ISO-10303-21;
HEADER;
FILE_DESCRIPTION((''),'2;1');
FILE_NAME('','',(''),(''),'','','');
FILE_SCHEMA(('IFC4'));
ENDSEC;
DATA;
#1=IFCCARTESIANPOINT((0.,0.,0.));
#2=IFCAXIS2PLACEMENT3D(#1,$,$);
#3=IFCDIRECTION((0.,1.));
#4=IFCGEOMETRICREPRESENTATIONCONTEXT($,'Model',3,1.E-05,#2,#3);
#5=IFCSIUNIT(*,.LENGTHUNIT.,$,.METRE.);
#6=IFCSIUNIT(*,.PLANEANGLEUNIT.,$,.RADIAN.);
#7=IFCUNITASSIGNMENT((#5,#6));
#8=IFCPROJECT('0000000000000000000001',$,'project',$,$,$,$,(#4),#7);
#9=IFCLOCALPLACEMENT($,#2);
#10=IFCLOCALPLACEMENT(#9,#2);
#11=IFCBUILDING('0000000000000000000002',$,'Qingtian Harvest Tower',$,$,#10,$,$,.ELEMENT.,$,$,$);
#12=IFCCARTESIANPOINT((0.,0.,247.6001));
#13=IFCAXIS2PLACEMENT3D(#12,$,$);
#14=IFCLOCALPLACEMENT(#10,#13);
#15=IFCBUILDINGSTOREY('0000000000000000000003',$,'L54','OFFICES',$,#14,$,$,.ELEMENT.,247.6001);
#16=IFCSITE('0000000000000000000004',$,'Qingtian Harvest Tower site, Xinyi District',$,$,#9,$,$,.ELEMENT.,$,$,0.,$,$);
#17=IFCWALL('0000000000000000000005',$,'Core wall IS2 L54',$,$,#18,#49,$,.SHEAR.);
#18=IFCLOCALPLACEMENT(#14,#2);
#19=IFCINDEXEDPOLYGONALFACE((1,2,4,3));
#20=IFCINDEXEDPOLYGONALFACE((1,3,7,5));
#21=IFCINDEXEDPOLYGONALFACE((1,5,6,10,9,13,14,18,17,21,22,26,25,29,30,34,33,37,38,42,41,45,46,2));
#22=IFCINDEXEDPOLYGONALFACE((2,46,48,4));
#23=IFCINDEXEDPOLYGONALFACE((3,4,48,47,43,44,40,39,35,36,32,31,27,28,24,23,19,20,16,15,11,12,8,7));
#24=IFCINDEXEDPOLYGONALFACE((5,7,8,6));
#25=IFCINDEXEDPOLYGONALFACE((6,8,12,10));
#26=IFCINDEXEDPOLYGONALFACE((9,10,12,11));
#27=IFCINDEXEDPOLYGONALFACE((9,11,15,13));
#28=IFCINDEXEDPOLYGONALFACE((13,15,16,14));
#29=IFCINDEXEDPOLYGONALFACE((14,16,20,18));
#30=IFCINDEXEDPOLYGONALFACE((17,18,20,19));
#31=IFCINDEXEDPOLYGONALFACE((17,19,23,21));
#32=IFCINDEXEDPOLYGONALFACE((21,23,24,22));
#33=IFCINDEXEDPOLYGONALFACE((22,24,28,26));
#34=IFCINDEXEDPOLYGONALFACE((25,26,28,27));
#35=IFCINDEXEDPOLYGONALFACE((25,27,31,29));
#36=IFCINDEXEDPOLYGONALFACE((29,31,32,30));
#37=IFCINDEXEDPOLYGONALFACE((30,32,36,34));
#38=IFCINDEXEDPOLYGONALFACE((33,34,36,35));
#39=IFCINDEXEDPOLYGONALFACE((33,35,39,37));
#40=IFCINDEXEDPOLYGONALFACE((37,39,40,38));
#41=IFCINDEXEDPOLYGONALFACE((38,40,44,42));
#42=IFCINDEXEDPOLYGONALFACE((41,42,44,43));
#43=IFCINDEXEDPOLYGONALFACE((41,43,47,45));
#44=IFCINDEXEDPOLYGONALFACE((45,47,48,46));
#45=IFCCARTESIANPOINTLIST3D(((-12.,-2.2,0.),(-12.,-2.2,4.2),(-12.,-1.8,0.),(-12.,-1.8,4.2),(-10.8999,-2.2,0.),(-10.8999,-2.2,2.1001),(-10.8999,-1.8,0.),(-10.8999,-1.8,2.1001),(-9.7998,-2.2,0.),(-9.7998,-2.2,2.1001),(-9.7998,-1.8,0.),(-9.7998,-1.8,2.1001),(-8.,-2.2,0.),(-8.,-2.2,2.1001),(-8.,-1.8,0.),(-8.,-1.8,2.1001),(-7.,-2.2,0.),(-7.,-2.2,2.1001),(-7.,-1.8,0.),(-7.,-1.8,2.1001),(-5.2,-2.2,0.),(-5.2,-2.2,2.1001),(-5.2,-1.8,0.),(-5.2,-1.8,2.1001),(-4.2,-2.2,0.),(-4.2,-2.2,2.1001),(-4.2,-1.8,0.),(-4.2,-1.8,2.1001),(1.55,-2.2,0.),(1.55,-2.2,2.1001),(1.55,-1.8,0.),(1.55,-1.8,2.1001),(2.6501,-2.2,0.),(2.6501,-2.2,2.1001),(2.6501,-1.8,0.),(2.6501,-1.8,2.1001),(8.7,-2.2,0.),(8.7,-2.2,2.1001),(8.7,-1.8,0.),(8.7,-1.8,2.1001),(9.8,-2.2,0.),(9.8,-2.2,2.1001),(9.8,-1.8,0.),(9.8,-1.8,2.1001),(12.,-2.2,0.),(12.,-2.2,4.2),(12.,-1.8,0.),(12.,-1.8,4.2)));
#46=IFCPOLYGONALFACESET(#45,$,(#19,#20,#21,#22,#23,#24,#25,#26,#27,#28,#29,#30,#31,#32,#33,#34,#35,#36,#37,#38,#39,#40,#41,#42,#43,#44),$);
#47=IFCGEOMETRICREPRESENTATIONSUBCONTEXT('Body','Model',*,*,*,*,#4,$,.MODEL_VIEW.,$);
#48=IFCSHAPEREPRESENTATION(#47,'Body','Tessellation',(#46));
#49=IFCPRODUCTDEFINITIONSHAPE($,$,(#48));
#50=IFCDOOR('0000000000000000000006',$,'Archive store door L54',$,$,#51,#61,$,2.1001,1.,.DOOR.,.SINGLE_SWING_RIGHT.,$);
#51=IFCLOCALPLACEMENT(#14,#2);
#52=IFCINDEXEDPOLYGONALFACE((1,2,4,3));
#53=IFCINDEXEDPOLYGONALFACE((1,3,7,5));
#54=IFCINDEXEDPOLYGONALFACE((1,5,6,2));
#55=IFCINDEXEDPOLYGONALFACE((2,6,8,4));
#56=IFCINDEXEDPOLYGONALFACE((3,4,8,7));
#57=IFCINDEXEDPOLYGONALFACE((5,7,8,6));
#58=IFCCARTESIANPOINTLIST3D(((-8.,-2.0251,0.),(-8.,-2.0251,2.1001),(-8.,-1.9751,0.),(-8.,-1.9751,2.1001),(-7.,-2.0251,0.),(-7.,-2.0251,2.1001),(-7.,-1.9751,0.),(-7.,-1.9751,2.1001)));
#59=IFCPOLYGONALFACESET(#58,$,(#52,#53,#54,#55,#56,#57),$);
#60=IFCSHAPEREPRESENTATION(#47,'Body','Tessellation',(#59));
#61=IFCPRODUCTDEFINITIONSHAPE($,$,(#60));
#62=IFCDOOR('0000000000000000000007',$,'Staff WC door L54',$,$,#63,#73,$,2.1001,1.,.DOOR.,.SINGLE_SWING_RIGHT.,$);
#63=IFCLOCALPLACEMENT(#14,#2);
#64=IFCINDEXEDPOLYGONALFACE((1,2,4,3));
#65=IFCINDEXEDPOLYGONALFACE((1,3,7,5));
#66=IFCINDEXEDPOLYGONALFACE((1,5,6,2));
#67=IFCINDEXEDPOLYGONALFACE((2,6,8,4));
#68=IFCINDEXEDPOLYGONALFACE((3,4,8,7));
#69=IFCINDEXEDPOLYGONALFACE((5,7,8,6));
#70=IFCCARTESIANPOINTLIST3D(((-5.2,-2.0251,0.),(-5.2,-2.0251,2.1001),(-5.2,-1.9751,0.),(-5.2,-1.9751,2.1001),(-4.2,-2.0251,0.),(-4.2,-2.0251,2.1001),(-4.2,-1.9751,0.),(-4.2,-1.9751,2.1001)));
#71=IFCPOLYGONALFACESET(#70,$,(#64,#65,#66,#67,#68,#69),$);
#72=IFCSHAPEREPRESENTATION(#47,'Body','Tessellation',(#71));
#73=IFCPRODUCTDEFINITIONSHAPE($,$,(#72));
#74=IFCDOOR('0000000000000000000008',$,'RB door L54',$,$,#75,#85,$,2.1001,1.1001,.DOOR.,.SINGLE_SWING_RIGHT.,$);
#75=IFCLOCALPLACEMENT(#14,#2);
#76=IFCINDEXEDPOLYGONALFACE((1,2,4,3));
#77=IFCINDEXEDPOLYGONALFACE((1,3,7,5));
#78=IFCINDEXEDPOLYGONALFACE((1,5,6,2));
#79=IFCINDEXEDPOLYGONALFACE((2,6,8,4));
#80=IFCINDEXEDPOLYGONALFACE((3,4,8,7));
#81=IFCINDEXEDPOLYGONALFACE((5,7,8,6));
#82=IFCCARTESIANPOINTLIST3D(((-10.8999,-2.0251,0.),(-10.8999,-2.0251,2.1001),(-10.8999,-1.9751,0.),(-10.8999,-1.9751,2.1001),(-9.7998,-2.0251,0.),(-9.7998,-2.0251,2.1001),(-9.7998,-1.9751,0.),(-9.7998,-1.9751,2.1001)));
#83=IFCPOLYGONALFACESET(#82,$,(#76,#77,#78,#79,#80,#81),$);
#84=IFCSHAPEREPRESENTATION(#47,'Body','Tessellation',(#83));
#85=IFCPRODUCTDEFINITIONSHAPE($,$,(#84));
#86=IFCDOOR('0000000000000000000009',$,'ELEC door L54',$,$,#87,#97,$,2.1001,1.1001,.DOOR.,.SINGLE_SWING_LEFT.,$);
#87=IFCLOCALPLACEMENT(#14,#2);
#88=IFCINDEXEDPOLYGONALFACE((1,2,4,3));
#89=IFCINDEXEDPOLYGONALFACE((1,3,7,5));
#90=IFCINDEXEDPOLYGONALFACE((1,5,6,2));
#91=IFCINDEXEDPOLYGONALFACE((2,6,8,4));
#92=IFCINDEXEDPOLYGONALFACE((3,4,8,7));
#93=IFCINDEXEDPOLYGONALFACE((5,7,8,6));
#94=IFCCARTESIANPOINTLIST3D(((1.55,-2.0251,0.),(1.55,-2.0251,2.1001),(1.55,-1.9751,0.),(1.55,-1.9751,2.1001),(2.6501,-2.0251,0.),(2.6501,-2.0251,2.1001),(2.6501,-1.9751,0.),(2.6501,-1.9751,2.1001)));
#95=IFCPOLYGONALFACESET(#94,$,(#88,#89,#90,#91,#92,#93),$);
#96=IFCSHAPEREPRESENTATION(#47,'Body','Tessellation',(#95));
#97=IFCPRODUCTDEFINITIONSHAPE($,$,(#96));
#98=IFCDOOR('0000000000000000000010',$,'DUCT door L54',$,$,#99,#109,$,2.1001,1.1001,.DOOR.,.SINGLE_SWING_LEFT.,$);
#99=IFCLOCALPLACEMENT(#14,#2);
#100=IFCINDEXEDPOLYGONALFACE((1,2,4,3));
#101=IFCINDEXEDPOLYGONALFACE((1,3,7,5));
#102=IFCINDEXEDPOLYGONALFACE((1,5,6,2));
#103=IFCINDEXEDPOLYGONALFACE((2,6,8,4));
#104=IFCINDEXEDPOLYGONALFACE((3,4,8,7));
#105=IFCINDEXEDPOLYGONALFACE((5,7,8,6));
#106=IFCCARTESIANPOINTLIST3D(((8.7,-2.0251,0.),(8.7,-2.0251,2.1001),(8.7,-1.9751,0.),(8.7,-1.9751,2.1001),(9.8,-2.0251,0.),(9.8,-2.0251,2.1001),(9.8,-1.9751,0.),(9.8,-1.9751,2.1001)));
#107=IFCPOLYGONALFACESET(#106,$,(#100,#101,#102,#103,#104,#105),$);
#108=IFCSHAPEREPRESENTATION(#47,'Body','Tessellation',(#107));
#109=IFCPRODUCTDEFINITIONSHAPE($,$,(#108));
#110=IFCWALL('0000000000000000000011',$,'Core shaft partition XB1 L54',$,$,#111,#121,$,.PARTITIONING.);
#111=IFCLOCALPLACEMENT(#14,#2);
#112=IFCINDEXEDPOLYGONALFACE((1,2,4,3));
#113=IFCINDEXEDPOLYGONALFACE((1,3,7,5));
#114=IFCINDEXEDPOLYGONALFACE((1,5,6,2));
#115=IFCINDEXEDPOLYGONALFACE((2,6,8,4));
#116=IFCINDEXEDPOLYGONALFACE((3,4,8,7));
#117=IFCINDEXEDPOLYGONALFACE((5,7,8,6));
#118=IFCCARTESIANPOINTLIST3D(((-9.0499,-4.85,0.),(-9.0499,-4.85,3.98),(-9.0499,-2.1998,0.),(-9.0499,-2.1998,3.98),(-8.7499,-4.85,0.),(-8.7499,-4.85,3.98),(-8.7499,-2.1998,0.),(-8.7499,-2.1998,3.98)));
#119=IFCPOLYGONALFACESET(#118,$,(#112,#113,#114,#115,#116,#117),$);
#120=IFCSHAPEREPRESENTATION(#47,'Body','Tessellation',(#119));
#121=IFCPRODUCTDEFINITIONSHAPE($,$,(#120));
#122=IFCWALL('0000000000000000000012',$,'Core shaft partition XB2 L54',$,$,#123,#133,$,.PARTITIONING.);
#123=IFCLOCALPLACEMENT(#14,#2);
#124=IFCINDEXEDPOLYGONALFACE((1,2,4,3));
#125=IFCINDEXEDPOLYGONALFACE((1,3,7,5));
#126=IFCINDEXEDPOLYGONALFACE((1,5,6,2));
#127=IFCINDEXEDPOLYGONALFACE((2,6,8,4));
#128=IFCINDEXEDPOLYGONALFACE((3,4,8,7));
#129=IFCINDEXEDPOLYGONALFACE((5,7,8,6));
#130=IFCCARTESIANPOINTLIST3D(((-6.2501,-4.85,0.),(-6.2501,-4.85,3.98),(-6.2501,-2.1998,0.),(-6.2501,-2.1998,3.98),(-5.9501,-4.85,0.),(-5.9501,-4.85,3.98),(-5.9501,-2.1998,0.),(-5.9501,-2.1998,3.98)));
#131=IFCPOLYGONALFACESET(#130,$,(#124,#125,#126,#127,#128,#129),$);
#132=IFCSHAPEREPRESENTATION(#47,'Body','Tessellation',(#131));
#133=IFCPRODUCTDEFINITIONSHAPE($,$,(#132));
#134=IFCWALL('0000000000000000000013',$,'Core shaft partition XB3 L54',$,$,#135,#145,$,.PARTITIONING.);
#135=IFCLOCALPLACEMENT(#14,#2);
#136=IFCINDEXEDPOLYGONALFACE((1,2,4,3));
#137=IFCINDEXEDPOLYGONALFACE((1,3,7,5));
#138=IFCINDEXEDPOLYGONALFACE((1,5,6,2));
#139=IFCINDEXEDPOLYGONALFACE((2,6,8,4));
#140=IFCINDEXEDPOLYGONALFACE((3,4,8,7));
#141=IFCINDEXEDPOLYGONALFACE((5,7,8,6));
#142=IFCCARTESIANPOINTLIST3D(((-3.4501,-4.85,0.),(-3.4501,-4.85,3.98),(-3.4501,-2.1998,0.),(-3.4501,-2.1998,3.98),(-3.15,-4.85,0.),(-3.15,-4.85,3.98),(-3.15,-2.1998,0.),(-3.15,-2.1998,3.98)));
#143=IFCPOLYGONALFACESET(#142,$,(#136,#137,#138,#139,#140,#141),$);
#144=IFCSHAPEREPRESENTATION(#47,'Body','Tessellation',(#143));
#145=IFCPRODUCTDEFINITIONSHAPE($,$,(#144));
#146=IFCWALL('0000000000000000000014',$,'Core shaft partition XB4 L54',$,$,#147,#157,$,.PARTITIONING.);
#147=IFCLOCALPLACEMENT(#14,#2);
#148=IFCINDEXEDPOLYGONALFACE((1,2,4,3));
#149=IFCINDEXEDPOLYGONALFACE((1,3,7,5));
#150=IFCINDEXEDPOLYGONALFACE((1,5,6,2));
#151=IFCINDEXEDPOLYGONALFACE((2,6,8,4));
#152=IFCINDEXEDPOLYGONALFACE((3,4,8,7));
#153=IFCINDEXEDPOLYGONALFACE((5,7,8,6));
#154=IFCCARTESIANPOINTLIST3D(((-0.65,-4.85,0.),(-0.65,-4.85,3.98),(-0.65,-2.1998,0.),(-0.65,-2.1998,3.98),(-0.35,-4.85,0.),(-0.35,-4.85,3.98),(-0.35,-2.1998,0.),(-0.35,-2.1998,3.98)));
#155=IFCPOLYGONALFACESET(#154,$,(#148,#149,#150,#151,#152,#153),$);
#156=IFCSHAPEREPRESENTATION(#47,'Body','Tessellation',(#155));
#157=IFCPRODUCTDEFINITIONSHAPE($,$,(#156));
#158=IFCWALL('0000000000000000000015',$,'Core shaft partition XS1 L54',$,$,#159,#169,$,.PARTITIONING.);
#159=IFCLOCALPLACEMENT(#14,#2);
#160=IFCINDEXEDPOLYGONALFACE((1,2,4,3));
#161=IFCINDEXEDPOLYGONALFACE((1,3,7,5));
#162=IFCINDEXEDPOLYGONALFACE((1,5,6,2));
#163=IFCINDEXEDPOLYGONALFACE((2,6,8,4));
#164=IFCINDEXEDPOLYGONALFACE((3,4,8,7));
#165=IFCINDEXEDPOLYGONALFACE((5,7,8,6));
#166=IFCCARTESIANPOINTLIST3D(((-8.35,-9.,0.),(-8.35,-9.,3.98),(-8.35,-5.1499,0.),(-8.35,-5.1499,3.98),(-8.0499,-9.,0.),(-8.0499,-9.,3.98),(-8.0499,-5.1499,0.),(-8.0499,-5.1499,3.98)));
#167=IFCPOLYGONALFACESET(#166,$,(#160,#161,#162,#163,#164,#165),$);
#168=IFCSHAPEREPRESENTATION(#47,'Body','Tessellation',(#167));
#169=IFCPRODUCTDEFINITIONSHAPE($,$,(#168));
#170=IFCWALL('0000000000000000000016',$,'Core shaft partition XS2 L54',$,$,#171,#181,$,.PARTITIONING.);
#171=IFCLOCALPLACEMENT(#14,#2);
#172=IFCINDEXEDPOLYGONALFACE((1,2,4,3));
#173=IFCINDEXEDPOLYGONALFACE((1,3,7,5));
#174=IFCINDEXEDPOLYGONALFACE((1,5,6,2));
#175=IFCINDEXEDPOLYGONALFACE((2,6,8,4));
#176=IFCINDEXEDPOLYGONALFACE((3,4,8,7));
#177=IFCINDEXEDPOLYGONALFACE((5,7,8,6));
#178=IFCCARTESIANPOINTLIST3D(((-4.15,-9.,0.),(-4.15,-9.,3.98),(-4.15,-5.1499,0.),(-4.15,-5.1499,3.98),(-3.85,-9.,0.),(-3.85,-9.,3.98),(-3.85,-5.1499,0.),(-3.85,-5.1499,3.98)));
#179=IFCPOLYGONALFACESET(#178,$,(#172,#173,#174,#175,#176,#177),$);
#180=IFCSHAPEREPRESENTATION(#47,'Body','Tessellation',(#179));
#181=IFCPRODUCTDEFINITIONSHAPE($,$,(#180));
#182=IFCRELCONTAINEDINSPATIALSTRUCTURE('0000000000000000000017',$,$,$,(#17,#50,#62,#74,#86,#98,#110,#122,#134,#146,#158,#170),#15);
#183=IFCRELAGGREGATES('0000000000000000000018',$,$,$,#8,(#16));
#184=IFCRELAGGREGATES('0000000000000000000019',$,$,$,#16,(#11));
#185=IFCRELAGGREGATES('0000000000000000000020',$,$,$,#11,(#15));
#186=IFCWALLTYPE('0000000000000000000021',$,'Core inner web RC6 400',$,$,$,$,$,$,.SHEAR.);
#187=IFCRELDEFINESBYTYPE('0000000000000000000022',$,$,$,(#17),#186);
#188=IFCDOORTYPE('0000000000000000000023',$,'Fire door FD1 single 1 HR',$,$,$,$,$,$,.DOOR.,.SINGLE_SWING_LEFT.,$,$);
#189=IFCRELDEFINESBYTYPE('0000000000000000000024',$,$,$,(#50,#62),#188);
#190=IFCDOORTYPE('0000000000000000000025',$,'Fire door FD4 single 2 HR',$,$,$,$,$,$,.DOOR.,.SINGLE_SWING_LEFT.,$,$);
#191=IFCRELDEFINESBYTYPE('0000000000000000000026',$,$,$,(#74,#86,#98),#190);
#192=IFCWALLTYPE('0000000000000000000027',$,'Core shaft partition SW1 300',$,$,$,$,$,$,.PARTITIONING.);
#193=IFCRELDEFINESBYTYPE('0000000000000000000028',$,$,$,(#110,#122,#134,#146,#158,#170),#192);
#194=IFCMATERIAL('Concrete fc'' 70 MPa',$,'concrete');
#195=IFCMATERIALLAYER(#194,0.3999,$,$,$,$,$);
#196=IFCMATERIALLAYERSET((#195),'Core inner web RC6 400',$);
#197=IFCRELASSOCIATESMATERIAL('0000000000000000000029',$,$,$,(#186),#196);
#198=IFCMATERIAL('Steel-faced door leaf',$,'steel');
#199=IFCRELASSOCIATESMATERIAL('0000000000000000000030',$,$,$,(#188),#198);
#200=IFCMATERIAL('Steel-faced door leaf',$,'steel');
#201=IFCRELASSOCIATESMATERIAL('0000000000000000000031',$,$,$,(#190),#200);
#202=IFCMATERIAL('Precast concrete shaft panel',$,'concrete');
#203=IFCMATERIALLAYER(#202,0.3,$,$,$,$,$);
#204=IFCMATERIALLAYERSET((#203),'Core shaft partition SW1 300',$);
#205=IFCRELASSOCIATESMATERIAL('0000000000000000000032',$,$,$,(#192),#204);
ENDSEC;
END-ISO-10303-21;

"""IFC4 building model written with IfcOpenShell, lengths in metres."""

from ifc_helpers import new_model, si_unit, direction, frame, frame_2d, origin, place, context, subcontext, project, spatial, rectangle, extrude, material, layer, layer_set, type_object, element, fill, save


model = new_model("IFC4")

# Units and contexts
model_context = context("Model", 3, precision=1e-05, world=origin(), true_north=direction((0.0, 1.0)))
body_context = subcontext(model_context, "Body", "Model", "MODEL_VIEW")
ifc_project = project(units=[si_unit("LENGTHUNIT", "METRE"), si_unit("PLANEANGLEUNIT", "RADIAN")], contexts=[model_context])

# Site, building, storey
site_placement = place(None, origin())
site = spatial("IfcSite", under=ifc_project, at=site_placement, Name="Qingtian Harvest Tower site, Xinyi District", CompositionType="ELEMENT", RefElevation=0.0)
building_placement = place(site_placement, origin())
building = spatial("IfcBuilding", under=site, at=building_placement, Name="Qingtian Harvest Tower", CompositionType="ELEMENT")
storey_placement = place(building_placement, frame((0.0, 0.0, 247.6001)))
storey = spatial("IfcBuildingStorey", under=building, at=storey_placement, Name="L54", Description="OFFICES", CompositionType="ELEMENT", Elevation=247.6001)

# Wall, openings, doors
ifc_material_1 = material(Name="Concrete fc' 70 MPa", Category="concrete")
ifc_layer_1 = layer(ifc_material_1, 0.3999)
ifc_layer_set_1 = layer_set([ifc_layer_1], Name="Core inner web RC6 400")
wall_type_1 = type_object("IfcWallType", Name="Core inner web RC6 400", PredefinedType="SHEAR", material=ifc_layer_set_1)
wall_1_placement = place(storey_placement, frame((-12.0, -2.0, 0.0), z_axis=(0.0, 0.0, 1.0), x_axis=(1.0, 0.0, 0.0)))
wall_1 = element("IfcWall", 1, at=wall_1_placement, inside=storey, type_object=wall_type_1, Name="Core wall IS2 L54", PredefinedType="SHEAR", context=body_context, shape_type="SweptSolid", body=[
    extrude(rectangle(XDim=24.0, YDim=0.3999, at=frame_2d((12.0, 0.0))), origin(), (0.0, 0.0, 1.0), 4.2),
])
opening_1_placement = place(wall_1_placement, frame((1.1001, 0.0, 0.0)))
opening_1 = element("IfcOpeningElement", 2, at=opening_1_placement, cuts=wall_1, PredefinedType="OPENING", context=body_context, shape_type="SweptSolid", body=[
    extrude(rectangle(XDim=1.1001, YDim=2.1001, at=frame_2d((0.55, 1.05))), frame((0.0, 0.21, 0.0), z_axis=(0.0, -1.0, 0.0), x_axis=(1.0, 0.0, 0.0)), (0.0, 0.0, 1.0), 0.4199),
])
opening_2_placement = place(wall_1_placement, frame((13.55, 0.0, 0.0)))
opening_2 = element("IfcOpeningElement", 3, at=opening_2_placement, cuts=wall_1, PredefinedType="OPENING", context=body_context, shape_type="SweptSolid", body=[
    extrude(rectangle(XDim=1.1001, YDim=2.1001, at=frame_2d((0.55, 1.05))), frame((0.0, 0.21, 0.0), z_axis=(0.0, -1.0, 0.0), x_axis=(1.0, 0.0, 0.0)), (0.0, 0.0, 1.0), 0.4199),
])
opening_3_placement = place(wall_1_placement, frame((20.7, 0.0, 0.0)))
opening_3 = element("IfcOpeningElement", 4, at=opening_3_placement, cuts=wall_1, PredefinedType="OPENING", context=body_context, shape_type="SweptSolid", body=[
    extrude(rectangle(XDim=1.1001, YDim=2.1001, at=frame_2d((0.55, 1.05))), frame((0.0, 0.21, 0.0), z_axis=(0.0, -1.0, 0.0), x_axis=(1.0, 0.0, 0.0)), (0.0, 0.0, 1.0), 0.4199),
])
opening_4_placement = place(wall_1_placement, frame((4.0, 0.0, 0.0)))
opening_4 = element("IfcOpeningElement", 5, at=opening_4_placement, cuts=wall_1, PredefinedType="OPENING", context=body_context, shape_type="SweptSolid", body=[
    extrude(rectangle(XDim=1.0, YDim=2.1001, at=frame_2d((0.5, 1.05))), frame((0.0, 0.21, 0.0), z_axis=(0.0, -1.0, 0.0), x_axis=(1.0, 0.0, 0.0)), (0.0, 0.0, 1.0), 0.4199),
])
opening_5_placement = place(wall_1_placement, frame((6.8, 0.0, 0.0)))
opening_5 = element("IfcOpeningElement", 6, at=opening_5_placement, cuts=wall_1, PredefinedType="OPENING", context=body_context, shape_type="SweptSolid", body=[
    extrude(rectangle(XDim=1.0, YDim=2.1001, at=frame_2d((0.5, 1.05))), frame((0.0, 0.21, 0.0), z_axis=(0.0, -1.0, 0.0), x_axis=(1.0, 0.0, 0.0)), (0.0, 0.0, 1.0), 0.4199),
])
ifc_material_2 = material(Name="Steel-faced door leaf", Category="steel")
door_type_1 = type_object("IfcDoorType", Name="Fire door FD1 single 1 HR", OperationType="SINGLE_SWING_LEFT", PredefinedType="DOOR", material=ifc_material_2)
door_1_placement = place(opening_4_placement, origin())
door_1 = element("IfcDoor", 7, at=door_1_placement, inside=storey, type_object=door_type_1, Name="Archive store door L54", OperationType="SINGLE_SWING_RIGHT", OverallHeight=2.1001, OverallWidth=1.0, PredefinedType="DOOR", context=body_context, shape_type="SweptSolid", body=[
    extrude(rectangle(XDim=1.0, YDim=2.1001, at=frame_2d((0.5, 1.05))), frame((0.0, 0.0249, 0.0), z_axis=(0.0, -1.0, 0.0), x_axis=(1.0, 0.0, 0.0)), (0.0, 0.0, 1.0), 0.05),
])
fill(opening_4, door_1)
door_2_placement = place(opening_5_placement, origin())
door_2 = element("IfcDoor", 8, at=door_2_placement, inside=storey, type_object=door_type_1, Name="Staff WC door L54", OperationType="SINGLE_SWING_RIGHT", OverallHeight=2.1001, OverallWidth=1.0, PredefinedType="DOOR", context=body_context, shape_type="SweptSolid", body=[
    extrude(rectangle(XDim=1.0, YDim=2.1001, at=frame_2d((0.5, 1.05))), frame((0.0, 0.0249, 0.0), z_axis=(0.0, -1.0, 0.0), x_axis=(1.0, 0.0, 0.0)), (0.0, 0.0, 1.0), 0.05),
])
fill(opening_5, door_2)
ifc_material_3 = material(Name="Steel-faced door leaf", Category="steel")
door_type_2 = type_object("IfcDoorType", Name="Fire door FD4 single 2 HR", OperationType="SINGLE_SWING_LEFT", PredefinedType="DOOR", material=ifc_material_3)
door_3_placement = place(opening_1_placement, origin())
door_3 = element("IfcDoor", 9, at=door_3_placement, inside=storey, type_object=door_type_2, Name="RB door L54", OperationType="SINGLE_SWING_RIGHT", OverallHeight=2.1001, OverallWidth=1.1001, PredefinedType="DOOR", context=body_context, shape_type="SweptSolid", body=[
    extrude(rectangle(XDim=1.1001, YDim=2.1001, at=frame_2d((0.55, 1.05))), frame((0.0, 0.0249, 0.0), z_axis=(0.0, -1.0, 0.0), x_axis=(1.0, 0.0, 0.0)), (0.0, 0.0, 1.0), 0.05),
])
fill(opening_1, door_3)
door_4_placement = place(opening_2_placement, origin())
door_4 = element("IfcDoor", 10, at=door_4_placement, inside=storey, type_object=door_type_2, Name="ELEC door L54", OperationType="SINGLE_SWING_LEFT", OverallHeight=2.1001, OverallWidth=1.1001, PredefinedType="DOOR", context=body_context, shape_type="SweptSolid", body=[
    extrude(rectangle(XDim=1.1001, YDim=2.1001, at=frame_2d((0.55, 1.05))), frame((0.0, 0.0249, 0.0), z_axis=(0.0, -1.0, 0.0), x_axis=(1.0, 0.0, 0.0)), (0.0, 0.0, 1.0), 0.05),
])
fill(opening_2, door_4)
door_5_placement = place(opening_3_placement, origin())
door_5 = element("IfcDoor", 11, at=door_5_placement, inside=storey, type_object=door_type_2, Name="DUCT door L54", OperationType="SINGLE_SWING_LEFT", OverallHeight=2.1001, OverallWidth=1.1001, PredefinedType="DOOR", context=body_context, shape_type="SweptSolid", body=[
    extrude(rectangle(XDim=1.1001, YDim=2.1001, at=frame_2d((0.55, 1.05))), frame((0.0, 0.0249, 0.0), z_axis=(0.0, -1.0, 0.0), x_axis=(1.0, 0.0, 0.0)), (0.0, 0.0, 1.0), 0.05),
])
fill(opening_3, door_5)

# Walls
ifc_material_4 = material(Name="Precast concrete shaft panel", Category="concrete")
ifc_layer_2 = layer(ifc_material_4, 0.3)
ifc_layer_set_2 = layer_set([ifc_layer_2], Name="Core shaft partition SW1 300")
wall_type_2 = type_object("IfcWallType", Name="Core shaft partition SW1 300", PredefinedType="PARTITIONING", material=ifc_layer_set_2)
for number, where, z_axis, x_axis, name in (
    (12, (-8.8999, -4.8501, 0.0), (0.0, 0.0, 1.0), (0.0, 1.0, 0.0), "Core shaft partition XB1 L54"),
    (13, (-6.1001, -4.8501, 0.0), (0.0, 0.0, 1.0), (0.0, 1.0, 0.0), "Core shaft partition XB2 L54"),
    (14, (-3.3, -4.8501, 0.0), (0.0, 0.0, 1.0), (0.0, 1.0, 0.0), "Core shaft partition XB3 L54"),
    (15, (-0.5, -4.8501, 0.0), (0.0, 0.0, 1.0), (0.0, 1.0, 0.0), "Core shaft partition XB4 L54"),
):
    element("IfcWall", number, at=place(storey_placement, frame(where, z_axis=z_axis, x_axis=x_axis)), inside=storey, type_object=wall_type_2, Name=name, PredefinedType="PARTITIONING", context=body_context, shape_type="SweptSolid", body=[
        extrude(rectangle(XDim=2.6501, YDim=0.3, at=frame_2d((1.3252, 0.0))), origin(), (0.0, 0.0, 1.0), 3.98),
    ])
for number, where, z_axis, x_axis, name in (
    (16, (-8.2, -9.0, 0.0), (0.0, 0.0, 1.0), (0.0, 1.0, 0.0), "Core shaft partition XS1 L54"),
    (17, (-4.0, -9.0, 0.0), (0.0, 0.0, 1.0), (0.0, 1.0, 0.0), "Core shaft partition XS2 L54"),
):
    element("IfcWall", number, at=place(storey_placement, frame(where, z_axis=z_axis, x_axis=x_axis)), inside=storey, type_object=wall_type_2, Name=name, PredefinedType="PARTITIONING", context=body_context, shape_type="SweptSolid", body=[
        extrude(rectangle(XDim=3.8501, YDim=0.3, at=frame_2d((1.925, 0.0))), origin(), (0.0, 0.0, 1.0), 3.98),
    ])

save(model, "model.ifc")
